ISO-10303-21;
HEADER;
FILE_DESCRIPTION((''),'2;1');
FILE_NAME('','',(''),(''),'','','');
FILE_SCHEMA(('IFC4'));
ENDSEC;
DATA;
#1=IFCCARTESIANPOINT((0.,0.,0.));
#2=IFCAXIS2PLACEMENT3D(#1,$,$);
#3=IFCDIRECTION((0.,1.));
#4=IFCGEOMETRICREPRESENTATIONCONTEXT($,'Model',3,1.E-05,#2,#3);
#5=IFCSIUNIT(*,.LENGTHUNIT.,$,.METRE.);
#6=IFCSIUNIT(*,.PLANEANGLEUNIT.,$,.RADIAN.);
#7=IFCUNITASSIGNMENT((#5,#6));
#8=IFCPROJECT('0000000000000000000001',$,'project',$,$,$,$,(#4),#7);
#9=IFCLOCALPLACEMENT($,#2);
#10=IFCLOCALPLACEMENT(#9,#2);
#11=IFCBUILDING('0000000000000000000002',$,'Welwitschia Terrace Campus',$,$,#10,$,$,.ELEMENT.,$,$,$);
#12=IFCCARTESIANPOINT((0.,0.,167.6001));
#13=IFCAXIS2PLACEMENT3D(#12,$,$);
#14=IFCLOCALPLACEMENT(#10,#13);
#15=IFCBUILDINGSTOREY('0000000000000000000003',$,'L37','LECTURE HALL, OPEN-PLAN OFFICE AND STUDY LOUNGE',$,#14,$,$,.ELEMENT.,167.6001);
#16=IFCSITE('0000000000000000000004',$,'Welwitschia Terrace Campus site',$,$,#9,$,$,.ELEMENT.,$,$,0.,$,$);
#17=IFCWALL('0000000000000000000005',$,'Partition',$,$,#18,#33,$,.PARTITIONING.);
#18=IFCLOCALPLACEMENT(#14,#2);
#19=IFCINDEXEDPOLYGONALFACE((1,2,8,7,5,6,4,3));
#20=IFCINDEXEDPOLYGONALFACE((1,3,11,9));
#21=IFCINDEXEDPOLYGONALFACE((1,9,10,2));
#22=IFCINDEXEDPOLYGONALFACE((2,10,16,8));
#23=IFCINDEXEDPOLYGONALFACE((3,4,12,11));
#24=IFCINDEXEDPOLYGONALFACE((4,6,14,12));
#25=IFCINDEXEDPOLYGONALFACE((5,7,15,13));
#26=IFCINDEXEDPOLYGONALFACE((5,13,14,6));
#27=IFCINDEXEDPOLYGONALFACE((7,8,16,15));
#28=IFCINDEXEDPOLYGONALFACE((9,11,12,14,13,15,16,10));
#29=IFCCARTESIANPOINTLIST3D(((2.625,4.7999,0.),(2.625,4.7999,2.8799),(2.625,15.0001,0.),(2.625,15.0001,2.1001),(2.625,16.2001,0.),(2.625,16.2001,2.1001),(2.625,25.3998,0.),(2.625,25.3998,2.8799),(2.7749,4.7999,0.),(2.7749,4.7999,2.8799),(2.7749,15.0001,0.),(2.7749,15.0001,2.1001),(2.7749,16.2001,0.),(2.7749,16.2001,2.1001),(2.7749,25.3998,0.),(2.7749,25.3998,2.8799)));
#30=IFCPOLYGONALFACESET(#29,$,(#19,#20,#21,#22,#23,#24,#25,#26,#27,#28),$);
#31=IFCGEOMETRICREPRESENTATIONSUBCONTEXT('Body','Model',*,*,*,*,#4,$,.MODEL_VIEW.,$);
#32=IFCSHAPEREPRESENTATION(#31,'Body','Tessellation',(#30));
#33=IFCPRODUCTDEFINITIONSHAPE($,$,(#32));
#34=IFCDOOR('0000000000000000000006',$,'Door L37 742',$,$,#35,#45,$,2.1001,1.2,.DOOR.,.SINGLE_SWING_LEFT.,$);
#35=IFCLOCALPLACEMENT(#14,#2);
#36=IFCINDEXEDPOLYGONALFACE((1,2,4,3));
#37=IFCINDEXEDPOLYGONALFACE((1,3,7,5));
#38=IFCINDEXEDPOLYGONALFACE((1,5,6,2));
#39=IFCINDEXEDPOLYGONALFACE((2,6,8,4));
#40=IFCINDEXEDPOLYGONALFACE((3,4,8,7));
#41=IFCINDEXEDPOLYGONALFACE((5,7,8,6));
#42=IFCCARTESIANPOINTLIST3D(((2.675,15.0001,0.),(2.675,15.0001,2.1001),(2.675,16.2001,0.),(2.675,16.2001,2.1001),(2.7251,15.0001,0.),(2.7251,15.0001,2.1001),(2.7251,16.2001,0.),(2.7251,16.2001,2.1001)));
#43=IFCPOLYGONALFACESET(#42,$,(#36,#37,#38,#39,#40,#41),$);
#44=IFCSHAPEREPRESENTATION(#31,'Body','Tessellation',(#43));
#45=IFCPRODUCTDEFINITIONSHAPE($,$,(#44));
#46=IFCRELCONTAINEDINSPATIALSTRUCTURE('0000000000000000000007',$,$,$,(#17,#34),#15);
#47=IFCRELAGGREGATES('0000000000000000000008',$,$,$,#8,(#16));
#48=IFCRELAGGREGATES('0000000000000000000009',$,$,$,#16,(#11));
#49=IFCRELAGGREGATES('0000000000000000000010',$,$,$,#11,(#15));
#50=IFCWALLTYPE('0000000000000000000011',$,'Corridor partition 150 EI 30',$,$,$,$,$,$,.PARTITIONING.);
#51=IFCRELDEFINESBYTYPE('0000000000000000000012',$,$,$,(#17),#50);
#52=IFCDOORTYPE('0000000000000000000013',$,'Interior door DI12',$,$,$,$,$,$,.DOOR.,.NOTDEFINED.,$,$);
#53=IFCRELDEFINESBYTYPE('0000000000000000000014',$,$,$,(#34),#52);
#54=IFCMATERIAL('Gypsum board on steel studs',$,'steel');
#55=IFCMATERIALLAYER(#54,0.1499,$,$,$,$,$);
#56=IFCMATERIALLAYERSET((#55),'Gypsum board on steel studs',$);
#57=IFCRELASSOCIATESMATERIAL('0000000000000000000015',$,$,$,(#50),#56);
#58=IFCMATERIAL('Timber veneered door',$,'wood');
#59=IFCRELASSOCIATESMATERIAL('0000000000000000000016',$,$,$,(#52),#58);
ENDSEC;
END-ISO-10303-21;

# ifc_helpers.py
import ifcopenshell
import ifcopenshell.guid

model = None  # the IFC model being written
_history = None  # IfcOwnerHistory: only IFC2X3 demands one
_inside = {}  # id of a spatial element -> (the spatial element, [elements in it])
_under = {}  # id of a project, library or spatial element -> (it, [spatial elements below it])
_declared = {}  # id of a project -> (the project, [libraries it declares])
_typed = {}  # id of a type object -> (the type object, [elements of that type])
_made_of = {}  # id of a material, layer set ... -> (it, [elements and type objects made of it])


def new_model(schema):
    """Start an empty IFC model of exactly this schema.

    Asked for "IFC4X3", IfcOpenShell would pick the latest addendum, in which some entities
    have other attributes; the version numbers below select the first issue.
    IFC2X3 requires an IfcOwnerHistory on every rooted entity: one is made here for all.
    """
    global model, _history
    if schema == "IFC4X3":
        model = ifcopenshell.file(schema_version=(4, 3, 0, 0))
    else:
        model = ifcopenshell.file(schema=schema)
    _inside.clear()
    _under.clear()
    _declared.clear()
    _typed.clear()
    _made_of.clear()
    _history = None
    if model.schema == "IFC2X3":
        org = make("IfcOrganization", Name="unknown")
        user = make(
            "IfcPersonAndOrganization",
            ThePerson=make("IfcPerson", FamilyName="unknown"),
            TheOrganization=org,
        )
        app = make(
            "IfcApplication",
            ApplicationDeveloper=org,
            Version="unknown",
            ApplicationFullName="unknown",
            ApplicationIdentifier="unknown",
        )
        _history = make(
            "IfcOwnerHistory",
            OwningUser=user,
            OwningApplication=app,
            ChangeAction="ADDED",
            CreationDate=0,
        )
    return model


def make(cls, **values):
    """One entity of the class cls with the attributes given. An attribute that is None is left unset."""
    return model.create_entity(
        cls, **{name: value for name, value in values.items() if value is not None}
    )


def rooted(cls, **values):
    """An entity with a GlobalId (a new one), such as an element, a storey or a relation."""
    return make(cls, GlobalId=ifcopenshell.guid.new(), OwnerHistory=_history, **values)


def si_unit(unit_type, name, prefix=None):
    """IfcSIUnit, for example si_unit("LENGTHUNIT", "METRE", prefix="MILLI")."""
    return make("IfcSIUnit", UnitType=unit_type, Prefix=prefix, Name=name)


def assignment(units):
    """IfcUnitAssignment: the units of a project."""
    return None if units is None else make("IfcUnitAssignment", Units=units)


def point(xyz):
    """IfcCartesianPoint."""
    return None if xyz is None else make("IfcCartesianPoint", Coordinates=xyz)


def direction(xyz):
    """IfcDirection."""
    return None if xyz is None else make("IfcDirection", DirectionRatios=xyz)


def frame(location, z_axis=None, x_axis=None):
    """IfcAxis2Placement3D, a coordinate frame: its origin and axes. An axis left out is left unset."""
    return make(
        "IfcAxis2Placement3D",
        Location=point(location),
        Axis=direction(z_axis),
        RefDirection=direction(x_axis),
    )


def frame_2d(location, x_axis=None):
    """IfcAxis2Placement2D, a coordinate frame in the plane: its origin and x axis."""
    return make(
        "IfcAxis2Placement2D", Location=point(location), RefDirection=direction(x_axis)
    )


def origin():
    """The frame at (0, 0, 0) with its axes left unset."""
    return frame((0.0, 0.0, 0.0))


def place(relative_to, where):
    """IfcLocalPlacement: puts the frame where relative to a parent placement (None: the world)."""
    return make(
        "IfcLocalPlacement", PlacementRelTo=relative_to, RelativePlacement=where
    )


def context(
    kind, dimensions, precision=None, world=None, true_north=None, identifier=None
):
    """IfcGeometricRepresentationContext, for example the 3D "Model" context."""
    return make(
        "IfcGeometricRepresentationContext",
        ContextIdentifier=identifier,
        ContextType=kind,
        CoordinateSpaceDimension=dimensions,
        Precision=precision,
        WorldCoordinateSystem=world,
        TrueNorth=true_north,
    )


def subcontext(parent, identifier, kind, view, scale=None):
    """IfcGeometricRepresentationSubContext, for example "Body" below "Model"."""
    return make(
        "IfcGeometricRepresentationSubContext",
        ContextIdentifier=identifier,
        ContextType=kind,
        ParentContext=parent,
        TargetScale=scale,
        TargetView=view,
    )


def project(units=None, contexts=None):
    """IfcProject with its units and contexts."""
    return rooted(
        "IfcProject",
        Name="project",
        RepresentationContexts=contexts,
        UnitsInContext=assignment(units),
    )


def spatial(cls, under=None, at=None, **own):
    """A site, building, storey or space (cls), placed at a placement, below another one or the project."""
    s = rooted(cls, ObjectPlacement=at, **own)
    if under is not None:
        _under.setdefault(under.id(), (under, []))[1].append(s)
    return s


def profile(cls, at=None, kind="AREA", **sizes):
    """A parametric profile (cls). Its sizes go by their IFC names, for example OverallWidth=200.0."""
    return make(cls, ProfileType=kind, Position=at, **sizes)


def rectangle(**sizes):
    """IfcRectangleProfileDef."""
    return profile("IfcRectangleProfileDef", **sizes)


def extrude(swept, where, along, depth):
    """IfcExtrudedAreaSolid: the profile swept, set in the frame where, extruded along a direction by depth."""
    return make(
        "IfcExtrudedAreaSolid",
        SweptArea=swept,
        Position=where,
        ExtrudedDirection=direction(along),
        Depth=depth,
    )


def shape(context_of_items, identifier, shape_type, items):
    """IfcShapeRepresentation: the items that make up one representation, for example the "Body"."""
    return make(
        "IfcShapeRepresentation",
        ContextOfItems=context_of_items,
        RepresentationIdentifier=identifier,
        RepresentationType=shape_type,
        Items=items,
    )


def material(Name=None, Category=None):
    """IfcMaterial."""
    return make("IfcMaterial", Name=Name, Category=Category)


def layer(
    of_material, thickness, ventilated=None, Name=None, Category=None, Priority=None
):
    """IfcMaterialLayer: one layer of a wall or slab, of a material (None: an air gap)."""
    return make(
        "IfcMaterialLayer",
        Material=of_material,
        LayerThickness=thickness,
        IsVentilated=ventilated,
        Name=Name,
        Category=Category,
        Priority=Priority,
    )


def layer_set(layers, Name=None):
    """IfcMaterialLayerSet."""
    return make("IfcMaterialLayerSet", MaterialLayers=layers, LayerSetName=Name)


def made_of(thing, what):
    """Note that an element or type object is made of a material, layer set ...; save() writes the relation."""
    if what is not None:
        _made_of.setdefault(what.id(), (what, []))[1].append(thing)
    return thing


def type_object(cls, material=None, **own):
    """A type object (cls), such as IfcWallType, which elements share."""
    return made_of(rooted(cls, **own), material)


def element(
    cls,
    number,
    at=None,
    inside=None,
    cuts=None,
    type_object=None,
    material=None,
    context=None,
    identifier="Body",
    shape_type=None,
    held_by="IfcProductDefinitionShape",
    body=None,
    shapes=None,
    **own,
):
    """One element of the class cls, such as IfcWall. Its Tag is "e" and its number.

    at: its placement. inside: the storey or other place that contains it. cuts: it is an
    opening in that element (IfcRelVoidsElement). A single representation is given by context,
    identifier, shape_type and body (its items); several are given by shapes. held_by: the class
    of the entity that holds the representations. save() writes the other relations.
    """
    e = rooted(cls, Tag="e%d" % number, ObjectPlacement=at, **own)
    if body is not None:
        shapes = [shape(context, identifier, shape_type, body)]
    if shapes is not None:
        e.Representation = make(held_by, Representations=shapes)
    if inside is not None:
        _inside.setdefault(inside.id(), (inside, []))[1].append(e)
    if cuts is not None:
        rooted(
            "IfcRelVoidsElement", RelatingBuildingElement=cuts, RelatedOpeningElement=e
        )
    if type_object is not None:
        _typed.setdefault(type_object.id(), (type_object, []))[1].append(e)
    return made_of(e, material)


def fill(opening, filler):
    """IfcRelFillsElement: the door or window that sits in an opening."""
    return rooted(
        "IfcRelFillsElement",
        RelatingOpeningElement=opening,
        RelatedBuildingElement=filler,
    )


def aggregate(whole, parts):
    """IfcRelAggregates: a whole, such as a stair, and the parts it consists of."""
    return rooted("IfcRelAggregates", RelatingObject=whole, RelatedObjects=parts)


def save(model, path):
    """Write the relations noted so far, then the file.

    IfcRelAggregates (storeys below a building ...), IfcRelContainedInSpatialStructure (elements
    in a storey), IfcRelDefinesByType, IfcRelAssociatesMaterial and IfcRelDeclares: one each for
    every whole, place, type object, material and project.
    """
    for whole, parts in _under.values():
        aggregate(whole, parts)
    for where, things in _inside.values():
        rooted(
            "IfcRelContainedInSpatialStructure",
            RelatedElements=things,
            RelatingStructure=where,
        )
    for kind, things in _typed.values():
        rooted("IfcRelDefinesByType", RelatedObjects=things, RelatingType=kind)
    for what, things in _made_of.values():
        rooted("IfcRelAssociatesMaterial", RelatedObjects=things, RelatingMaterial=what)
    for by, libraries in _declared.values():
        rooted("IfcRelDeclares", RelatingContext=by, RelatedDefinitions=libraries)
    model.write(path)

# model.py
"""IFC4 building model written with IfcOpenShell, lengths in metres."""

from ifc_helpers import new_model, si_unit, direction, frame, frame_2d, origin, place, context, subcontext, project, spatial, rectangle, extrude, material, layer, layer_set, type_object, element, fill, save


model = new_model("IFC4")

# Units and contexts
model_context = context("Model", 3, precision=1e-05, world=origin(), true_north=direction((0.0, 1.0)))
body_context = subcontext(model_context, "Body", "Model", "MODEL_VIEW")
ifc_project = project(units=[si_unit("LENGTHUNIT", "METRE"), si_unit("PLANEANGLEUNIT", "RADIAN")], contexts=[model_context])

# Site, building, storey
site_placement = place(None, origin())
site = spatial("IfcSite", under=ifc_project, at=site_placement, Name="Welwitschia Terrace Campus site", CompositionType="ELEMENT", RefElevation=0.0)
building_placement = place(site_placement, origin())
building = spatial("IfcBuilding", under=site, at=building_placement, Name="Welwitschia Terrace Campus", CompositionType="ELEMENT")
storey_placement = place(building_placement, frame((0.0, 0.0, 167.6001)))
storey = spatial("IfcBuildingStorey", under=building, at=storey_placement, Name="L37", Description="LECTURE HALL, OPEN-PLAN OFFICE AND STUDY LOUNGE", CompositionType="ELEMENT", Elevation=167.6001)

# Shared definitions
ifc_material_1 = material(Name="Gypsum board on steel studs", Category="steel")
ifc_layer_1 = layer(ifc_material_1, 0.1499)
ifc_layer_set_1 = layer_set([ifc_layer_1], Name="Gypsum board on steel studs")
wall_type_1 = type_object("IfcWallType", Name="Corridor partition 150 EI 30", PredefinedType="PARTITIONING", material=ifc_layer_set_1)

# Wall, opening, door
wall_1_placement = place(storey_placement, frame((2.7, 4.8, 0.0), z_axis=(0.0, 0.0, 1.0), x_axis=(0.0, 1.0, 0.0)))
wall_1 = element("IfcWall", 1, at=wall_1_placement, inside=storey, type_object=wall_type_1, Name="Partition", PredefinedType="PARTITIONING", context=body_context, shape_type="SweptSolid", body=[
    extrude(rectangle(XDim=20.5999, YDim=0.1499, at=frame_2d((10.2998, 0.0))), origin(), (0.0, 0.0, 1.0), 2.8799),
])
opening_1_placement = place(wall_1_placement, frame((10.2, 0.0, 0.0)))
opening_1 = element("IfcOpeningElement", 2, at=opening_1_placement, cuts=wall_1, PredefinedType="OPENING", context=body_context, shape_type="SweptSolid", body=[
    extrude(rectangle(XDim=1.2, YDim=2.1001, at=frame_2d((0.6001, 1.05))), frame((0.0, 0.085, 0.0), z_axis=(0.0, -1.0, 0.0), x_axis=(1.0, 0.0, 0.0)), (0.0, 0.0, 1.0), 0.1699),
])
ifc_material_2 = material(Name="Timber veneered door", Category="wood")
door_type_1 = type_object("IfcDoorType", Name="Interior door DI12", OperationType="NOTDEFINED", PredefinedType="DOOR", material=ifc_material_2)
door_1_placement = place(opening_1_placement, origin())
door_1 = element("IfcDoor", 3, at=door_1_placement, inside=storey, type_object=door_type_1, Name="Door L37 742", OperationType="SINGLE_SWING_LEFT", OverallHeight=2.1001, OverallWidth=1.2, PredefinedType="DOOR", context=body_context, shape_type="SweptSolid", body=[
    extrude(rectangle(XDim=1.2, YDim=2.1001, at=frame_2d((0.6001, 1.05))), frame((0.0, 0.0249, 0.0), z_axis=(0.0, -1.0, 0.0), x_axis=(1.0, 0.0, 0.0)), (0.0, 0.0, 1.0), 0.05),
])
fill(opening_1, door_1)

save(model, "model.ifc")
